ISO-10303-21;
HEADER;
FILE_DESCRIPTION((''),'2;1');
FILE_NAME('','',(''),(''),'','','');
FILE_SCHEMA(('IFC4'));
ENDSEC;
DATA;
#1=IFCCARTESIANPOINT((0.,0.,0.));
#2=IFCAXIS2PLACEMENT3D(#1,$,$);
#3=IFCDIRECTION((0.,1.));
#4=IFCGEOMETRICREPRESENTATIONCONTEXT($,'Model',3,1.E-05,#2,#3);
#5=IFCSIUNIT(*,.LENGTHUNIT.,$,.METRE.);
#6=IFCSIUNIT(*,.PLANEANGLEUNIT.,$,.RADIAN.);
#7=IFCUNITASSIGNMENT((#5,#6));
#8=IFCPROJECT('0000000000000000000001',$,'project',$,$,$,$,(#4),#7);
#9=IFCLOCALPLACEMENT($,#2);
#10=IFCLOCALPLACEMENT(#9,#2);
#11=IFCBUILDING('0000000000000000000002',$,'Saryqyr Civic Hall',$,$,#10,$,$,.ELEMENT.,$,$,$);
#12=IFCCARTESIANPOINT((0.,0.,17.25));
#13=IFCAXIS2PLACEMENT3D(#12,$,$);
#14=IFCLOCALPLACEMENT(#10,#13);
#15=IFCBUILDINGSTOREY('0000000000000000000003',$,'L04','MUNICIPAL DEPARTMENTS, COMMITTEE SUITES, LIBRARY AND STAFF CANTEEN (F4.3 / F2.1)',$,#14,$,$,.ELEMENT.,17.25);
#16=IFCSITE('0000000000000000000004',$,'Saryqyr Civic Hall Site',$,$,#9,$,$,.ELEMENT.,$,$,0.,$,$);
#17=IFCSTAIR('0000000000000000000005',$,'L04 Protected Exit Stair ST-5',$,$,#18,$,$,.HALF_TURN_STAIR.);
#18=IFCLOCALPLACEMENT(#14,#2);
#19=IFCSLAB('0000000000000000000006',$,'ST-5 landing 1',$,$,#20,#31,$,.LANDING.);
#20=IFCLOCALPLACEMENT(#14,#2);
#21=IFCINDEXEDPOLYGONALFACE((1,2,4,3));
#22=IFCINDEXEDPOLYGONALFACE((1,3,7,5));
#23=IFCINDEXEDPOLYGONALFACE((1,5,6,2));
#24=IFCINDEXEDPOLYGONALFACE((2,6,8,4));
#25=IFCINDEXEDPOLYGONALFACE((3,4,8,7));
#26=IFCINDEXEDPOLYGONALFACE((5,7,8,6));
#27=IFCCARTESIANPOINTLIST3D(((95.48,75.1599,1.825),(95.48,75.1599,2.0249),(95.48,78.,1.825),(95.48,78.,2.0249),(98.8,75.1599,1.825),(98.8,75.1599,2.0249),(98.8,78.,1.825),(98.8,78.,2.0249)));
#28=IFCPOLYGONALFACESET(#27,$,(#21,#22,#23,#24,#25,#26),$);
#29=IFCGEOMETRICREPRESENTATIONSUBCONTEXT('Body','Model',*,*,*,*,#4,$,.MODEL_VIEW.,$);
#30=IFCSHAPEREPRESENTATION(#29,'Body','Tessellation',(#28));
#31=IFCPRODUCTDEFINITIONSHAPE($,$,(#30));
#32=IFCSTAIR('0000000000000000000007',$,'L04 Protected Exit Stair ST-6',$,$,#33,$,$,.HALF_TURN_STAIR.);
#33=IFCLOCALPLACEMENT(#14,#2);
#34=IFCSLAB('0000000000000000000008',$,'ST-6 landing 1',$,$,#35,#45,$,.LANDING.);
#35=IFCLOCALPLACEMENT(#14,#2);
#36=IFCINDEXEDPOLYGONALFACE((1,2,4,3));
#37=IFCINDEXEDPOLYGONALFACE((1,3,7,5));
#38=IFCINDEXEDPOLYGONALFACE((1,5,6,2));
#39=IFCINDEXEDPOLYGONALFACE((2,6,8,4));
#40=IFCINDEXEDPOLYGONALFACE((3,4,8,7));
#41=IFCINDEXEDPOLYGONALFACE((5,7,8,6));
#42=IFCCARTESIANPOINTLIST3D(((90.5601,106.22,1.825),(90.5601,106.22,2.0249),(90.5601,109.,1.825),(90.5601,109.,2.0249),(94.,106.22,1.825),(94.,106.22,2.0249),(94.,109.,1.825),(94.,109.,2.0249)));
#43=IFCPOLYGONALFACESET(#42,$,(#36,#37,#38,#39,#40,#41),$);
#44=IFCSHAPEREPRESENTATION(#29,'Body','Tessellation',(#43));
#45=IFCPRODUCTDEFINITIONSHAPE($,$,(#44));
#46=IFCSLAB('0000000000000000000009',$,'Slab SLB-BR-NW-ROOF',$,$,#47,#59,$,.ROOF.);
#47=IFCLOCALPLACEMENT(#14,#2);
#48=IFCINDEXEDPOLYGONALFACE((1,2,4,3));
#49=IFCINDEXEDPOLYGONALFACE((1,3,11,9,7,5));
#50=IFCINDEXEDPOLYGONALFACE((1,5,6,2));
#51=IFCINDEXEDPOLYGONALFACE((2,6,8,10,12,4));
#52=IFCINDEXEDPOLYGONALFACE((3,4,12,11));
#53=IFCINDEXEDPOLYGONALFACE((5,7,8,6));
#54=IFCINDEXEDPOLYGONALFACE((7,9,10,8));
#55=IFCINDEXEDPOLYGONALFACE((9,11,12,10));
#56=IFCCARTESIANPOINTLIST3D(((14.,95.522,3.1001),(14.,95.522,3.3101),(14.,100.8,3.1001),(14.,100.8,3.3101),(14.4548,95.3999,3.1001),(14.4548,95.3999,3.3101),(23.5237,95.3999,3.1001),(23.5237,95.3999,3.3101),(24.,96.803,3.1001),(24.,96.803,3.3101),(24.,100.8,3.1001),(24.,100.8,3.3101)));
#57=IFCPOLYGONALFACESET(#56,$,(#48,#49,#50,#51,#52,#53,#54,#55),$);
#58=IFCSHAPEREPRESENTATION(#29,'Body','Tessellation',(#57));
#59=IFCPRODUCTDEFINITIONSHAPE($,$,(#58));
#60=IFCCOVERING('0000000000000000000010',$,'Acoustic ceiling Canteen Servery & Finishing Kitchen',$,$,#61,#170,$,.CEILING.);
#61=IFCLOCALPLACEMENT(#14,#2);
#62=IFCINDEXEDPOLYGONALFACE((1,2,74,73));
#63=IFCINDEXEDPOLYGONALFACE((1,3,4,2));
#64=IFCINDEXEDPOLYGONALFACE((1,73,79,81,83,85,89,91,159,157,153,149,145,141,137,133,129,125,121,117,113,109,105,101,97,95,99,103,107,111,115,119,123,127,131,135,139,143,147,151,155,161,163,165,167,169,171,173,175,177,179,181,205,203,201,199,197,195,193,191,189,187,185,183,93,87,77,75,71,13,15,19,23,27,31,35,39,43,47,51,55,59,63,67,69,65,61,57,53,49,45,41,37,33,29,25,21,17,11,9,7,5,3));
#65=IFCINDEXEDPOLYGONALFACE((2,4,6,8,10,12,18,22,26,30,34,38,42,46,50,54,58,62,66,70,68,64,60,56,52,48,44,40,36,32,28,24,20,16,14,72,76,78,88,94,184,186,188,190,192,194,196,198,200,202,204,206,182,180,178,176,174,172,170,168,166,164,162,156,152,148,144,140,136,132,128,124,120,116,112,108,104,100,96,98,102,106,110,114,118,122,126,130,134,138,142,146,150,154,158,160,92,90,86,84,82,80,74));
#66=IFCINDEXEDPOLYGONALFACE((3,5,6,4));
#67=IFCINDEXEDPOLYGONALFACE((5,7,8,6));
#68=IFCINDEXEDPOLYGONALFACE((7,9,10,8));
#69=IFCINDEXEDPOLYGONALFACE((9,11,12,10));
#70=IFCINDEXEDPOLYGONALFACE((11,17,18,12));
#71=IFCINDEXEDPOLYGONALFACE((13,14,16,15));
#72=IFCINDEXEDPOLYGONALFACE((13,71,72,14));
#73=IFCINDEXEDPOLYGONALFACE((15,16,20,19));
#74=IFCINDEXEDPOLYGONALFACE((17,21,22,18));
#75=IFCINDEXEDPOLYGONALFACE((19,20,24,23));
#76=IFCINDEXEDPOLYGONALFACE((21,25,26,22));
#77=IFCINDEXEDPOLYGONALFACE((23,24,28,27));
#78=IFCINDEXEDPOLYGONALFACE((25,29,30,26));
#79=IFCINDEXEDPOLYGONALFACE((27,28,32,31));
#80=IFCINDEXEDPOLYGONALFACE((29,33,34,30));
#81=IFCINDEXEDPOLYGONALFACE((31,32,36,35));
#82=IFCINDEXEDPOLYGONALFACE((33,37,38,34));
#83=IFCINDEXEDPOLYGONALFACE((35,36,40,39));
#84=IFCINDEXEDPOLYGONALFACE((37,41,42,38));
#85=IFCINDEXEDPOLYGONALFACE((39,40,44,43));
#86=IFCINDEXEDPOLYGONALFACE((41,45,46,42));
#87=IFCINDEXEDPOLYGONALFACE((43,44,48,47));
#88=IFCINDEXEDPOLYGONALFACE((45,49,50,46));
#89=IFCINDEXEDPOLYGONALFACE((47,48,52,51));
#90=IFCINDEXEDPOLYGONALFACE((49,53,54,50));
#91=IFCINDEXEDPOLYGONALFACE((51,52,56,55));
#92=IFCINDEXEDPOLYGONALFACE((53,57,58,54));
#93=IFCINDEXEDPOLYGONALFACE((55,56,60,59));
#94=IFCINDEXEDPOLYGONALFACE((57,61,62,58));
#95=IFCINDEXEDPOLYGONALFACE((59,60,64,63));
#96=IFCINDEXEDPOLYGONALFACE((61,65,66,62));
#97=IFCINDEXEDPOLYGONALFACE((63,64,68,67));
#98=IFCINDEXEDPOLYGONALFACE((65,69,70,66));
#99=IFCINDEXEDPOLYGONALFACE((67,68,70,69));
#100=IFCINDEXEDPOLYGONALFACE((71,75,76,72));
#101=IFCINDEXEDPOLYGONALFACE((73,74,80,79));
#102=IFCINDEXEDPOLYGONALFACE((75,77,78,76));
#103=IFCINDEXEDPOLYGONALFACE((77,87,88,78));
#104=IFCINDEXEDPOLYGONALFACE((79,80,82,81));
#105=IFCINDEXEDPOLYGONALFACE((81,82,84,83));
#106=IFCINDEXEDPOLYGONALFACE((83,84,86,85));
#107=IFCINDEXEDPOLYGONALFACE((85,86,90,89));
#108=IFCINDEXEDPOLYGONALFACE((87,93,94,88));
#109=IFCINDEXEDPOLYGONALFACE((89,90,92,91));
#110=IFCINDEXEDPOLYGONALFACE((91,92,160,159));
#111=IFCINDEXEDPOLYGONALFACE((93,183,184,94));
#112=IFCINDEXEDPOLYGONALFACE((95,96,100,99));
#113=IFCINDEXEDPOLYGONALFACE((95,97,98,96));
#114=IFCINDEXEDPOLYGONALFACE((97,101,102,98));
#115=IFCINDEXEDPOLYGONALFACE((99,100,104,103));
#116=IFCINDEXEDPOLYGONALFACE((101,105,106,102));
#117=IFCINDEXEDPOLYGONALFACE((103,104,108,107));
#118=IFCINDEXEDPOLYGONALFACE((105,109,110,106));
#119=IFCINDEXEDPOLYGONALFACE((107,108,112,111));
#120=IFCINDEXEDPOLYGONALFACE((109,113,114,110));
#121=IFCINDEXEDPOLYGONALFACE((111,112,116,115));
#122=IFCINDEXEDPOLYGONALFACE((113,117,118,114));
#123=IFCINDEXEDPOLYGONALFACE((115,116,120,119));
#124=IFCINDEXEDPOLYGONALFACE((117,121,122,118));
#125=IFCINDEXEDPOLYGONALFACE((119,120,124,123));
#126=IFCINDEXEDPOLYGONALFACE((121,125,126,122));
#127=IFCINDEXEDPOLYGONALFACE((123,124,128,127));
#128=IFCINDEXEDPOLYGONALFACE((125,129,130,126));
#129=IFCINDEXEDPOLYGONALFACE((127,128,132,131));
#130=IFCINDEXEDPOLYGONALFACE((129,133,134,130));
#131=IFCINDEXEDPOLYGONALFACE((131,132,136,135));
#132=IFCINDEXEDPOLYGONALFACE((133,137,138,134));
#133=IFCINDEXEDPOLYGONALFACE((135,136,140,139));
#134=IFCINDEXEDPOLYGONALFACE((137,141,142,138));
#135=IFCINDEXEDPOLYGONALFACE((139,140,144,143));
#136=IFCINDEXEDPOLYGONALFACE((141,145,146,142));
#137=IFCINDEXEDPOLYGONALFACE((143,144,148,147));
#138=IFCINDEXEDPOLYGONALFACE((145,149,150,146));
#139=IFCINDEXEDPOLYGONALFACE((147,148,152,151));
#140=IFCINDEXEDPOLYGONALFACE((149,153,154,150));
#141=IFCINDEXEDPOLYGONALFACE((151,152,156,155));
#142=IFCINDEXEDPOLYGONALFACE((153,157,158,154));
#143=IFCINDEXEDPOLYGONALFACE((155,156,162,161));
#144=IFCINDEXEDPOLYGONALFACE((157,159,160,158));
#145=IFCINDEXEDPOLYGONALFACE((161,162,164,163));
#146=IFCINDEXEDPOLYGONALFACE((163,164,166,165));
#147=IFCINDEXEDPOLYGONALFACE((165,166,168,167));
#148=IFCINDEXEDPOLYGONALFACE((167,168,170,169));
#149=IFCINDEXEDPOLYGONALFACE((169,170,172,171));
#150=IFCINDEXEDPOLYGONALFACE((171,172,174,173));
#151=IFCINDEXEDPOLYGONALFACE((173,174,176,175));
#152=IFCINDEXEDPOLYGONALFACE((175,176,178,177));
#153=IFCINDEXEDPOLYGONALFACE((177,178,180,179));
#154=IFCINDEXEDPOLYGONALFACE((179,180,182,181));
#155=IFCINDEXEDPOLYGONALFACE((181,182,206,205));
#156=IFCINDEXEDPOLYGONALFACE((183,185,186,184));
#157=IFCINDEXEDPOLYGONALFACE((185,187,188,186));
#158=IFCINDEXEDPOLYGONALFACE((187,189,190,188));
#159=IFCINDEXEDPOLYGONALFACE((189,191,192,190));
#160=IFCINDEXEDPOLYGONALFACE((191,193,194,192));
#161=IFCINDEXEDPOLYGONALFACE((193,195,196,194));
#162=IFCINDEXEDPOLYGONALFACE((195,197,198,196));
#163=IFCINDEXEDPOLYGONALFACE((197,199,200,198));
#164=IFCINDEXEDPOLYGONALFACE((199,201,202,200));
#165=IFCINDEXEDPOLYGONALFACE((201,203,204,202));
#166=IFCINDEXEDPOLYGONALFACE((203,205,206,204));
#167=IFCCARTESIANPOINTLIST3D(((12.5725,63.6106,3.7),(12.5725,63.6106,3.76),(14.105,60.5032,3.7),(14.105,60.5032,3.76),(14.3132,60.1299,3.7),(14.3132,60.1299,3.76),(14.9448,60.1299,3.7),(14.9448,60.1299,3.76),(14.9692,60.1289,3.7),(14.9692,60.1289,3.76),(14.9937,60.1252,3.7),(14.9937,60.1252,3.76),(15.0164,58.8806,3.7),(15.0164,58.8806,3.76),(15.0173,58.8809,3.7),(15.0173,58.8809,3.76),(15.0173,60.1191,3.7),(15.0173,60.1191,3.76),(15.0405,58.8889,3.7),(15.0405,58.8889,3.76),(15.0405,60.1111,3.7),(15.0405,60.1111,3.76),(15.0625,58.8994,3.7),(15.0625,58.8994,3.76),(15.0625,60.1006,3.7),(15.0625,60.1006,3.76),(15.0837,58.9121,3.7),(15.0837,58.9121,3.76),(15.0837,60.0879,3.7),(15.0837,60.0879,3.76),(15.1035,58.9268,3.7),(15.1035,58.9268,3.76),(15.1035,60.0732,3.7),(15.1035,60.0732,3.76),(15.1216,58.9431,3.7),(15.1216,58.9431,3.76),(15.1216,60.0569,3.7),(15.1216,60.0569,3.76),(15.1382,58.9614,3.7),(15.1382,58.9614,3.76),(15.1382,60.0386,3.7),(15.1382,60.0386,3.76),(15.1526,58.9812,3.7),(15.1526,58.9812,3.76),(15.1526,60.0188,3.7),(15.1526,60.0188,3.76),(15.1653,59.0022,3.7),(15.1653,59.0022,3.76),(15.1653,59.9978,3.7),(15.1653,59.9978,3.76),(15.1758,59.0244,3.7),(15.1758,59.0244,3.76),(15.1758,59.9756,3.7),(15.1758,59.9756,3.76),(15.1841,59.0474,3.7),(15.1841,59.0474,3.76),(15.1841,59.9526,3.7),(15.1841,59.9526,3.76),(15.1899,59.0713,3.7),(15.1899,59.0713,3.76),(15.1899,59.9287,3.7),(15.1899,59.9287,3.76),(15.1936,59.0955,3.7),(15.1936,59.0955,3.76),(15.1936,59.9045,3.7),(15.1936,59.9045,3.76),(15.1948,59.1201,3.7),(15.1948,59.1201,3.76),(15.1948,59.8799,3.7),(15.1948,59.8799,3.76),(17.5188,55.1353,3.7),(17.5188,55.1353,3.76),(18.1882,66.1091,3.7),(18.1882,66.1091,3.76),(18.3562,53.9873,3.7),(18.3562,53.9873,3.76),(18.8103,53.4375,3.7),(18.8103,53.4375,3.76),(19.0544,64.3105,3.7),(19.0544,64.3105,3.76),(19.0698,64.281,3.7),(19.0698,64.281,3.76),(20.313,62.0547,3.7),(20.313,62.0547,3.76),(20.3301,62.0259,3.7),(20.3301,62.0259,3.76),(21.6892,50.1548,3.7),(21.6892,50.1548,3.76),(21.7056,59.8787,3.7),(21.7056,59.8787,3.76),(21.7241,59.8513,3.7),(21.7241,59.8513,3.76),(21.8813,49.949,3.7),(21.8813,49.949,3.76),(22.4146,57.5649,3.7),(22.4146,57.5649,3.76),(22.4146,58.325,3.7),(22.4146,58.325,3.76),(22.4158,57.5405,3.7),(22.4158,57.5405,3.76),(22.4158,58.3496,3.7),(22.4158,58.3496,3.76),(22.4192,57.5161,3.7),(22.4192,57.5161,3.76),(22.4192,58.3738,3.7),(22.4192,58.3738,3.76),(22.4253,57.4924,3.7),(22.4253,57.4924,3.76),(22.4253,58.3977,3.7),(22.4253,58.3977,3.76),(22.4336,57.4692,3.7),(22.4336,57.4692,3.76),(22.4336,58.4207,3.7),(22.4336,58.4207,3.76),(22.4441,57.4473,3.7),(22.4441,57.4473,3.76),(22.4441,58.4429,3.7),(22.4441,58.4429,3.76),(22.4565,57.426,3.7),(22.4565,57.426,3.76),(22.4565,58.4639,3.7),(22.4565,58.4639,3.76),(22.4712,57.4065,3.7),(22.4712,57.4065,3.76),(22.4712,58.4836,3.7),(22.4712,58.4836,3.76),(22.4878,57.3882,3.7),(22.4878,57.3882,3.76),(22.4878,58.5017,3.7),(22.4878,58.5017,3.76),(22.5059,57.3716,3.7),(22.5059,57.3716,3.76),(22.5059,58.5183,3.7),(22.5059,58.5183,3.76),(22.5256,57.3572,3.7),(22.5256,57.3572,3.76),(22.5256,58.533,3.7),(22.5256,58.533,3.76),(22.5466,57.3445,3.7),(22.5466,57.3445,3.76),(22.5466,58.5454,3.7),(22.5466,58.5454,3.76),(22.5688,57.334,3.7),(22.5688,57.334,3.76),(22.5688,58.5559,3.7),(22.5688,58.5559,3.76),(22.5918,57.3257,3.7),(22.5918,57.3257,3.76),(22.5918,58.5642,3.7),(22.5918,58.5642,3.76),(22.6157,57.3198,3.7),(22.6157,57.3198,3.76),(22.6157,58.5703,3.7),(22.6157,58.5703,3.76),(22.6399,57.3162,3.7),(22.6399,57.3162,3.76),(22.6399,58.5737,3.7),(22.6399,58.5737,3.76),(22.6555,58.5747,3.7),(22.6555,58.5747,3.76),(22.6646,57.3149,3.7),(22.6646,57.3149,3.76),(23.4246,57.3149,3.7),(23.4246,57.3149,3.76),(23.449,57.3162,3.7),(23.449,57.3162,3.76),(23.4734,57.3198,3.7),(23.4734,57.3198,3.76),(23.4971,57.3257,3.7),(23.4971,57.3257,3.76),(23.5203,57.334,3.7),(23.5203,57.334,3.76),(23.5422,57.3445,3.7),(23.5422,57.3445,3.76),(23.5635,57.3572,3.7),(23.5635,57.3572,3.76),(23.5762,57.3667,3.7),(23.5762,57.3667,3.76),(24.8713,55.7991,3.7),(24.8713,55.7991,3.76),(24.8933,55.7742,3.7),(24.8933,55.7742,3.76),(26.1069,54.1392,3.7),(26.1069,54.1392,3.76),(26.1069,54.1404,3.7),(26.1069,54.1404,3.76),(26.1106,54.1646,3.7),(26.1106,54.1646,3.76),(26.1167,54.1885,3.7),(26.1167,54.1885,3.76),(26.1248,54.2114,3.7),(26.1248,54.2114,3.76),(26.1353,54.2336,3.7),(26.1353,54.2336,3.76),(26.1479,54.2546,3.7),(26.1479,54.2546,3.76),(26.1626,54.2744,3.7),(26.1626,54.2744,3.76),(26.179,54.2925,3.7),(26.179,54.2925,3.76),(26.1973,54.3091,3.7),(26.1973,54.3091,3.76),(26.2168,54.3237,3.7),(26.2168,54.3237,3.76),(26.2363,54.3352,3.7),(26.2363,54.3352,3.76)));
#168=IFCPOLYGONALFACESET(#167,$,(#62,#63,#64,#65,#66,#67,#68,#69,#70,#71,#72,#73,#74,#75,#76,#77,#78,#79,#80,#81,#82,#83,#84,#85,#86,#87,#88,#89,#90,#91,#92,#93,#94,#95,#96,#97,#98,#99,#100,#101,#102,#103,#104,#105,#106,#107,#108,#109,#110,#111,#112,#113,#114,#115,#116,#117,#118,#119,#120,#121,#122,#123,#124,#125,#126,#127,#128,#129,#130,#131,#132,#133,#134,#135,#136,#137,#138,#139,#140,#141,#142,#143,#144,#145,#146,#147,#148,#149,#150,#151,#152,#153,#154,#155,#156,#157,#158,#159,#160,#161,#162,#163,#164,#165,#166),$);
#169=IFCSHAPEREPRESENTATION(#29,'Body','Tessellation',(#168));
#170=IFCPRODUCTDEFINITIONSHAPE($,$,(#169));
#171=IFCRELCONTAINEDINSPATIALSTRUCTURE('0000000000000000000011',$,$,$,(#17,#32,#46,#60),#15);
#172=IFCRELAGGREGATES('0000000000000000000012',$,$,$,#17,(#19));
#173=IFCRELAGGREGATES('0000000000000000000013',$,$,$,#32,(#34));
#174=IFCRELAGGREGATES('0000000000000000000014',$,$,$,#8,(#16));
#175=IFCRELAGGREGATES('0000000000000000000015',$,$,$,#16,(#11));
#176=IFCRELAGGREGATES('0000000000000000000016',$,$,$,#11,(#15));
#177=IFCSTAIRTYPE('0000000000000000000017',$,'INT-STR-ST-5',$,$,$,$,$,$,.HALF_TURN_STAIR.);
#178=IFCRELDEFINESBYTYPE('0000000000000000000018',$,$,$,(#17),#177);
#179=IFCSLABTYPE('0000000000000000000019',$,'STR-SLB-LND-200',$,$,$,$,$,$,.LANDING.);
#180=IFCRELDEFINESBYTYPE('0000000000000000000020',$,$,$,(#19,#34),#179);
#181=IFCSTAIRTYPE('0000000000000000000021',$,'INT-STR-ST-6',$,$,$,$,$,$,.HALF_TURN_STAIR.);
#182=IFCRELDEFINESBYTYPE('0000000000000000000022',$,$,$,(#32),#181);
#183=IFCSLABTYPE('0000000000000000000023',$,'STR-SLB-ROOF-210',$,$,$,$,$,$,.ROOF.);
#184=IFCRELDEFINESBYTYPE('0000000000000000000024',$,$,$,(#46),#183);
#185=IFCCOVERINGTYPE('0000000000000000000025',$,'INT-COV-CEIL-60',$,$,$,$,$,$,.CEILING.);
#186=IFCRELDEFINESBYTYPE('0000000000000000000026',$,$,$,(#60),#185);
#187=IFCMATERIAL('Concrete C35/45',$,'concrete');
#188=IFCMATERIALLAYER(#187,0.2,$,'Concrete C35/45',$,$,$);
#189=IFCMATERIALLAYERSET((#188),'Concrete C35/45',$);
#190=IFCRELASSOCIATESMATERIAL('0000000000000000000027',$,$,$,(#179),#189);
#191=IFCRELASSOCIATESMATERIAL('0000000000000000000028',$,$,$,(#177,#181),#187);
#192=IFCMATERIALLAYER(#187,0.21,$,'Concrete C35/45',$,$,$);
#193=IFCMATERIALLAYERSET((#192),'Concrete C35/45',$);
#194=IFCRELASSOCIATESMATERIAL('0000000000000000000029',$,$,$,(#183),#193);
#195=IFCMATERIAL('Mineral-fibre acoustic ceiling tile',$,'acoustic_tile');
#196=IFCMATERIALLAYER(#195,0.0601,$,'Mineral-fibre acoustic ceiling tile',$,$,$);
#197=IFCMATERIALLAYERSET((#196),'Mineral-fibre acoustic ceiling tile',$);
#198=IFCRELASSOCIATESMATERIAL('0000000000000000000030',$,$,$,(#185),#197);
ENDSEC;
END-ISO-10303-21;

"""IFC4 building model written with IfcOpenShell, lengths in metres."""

from ifc_helpers import new_model, si_unit, direction, frame, origin, place, context, subcontext, project, spatial, polyline, outline, extrude, material, layer, layer_set, type_object, element, aggregate, save


model = new_model("IFC4")

# Units and contexts
model_context = context("Model", 3, precision=1e-05, world=origin(), true_north=direction((0.0, 1.0)))
body_context = subcontext(model_context, "Body", "Model", "MODEL_VIEW")
ifc_project = project(units=[si_unit("LENGTHUNIT", "METRE"), si_unit("PLANEANGLEUNIT", "RADIAN")], contexts=[model_context])

# Site, building, storey
site_placement = place(None, origin())
site = spatial("IfcSite", under=ifc_project, at=site_placement, Name="Saryqyr Civic Hall Site", CompositionType="ELEMENT", RefElevation=0.0)
building_placement = place(site_placement, origin())
building = spatial("IfcBuilding", under=site, at=building_placement, Name="Saryqyr Civic Hall", CompositionType="ELEMENT")
storey_placement = place(building_placement, frame((0.0, 0.0, 17.25)))
storey = spatial("IfcBuildingStorey", under=building, at=storey_placement, Name="L04", Description="MUNICIPAL DEPARTMENTS, COMMITTEE SUITES, LIBRARY AND STAFF CANTEEN (F4.3 / F2.1)", CompositionType="ELEMENT", Elevation=17.25)

# Shared definitions
ifc_material_1 = material(Name="Concrete C35/45", Category="concrete")

# Stairs, slabs
ifc_layer_1 = layer(ifc_material_1, 0.2, Name="Concrete C35/45")
ifc_layer_set_1 = layer_set([ifc_layer_1], Name="Concrete C35/45")
slab_type_1 = type_object("IfcSlabType", Name="STR-SLB-LND-200", PredefinedType="LANDING", material=ifc_layer_set_1)
stair_type_1 = type_object("IfcStairType", Name="INT-STR-ST-5", PredefinedType="HALF_TURN_STAIR", material=ifc_material_1)
stair_1_placement = place(storey_placement, origin())
stair_1 = element("IfcStair", 1, at=stair_1_placement, inside=storey, type_object=stair_type_1, Name="L04 Protected Exit Stair ST-5", PredefinedType="HALF_TURN_STAIR")
slab_1_placement = place(storey_placement, frame((0.0, 0.0, 1.825)))
slab_1 = element("IfcSlab", 2, at=slab_1_placement, type_object=slab_type_1, Name="ST-5 landing 1", PredefinedType="LANDING", context=body_context, shape_type="SweptSolid", body=[
    extrude(outline(polyline([(98.8, 75.1599), (98.8, 78.0), (95.48, 78.0), (95.48, 75.1599), (98.8, 75.1599)])), origin(), (0.0, 0.0, 1.0), 0.2),
])
aggregate(stair_1, [slab_1])
stair_type_2 = type_object("IfcStairType", Name="INT-STR-ST-6", PredefinedType="HALF_TURN_STAIR", material=ifc_material_1)
stair_2_placement = place(storey_placement, origin())
stair_2 = element("IfcStair", 3, at=stair_2_placement, inside=storey, type_object=stair_type_2, Name="L04 Protected Exit Stair ST-6", PredefinedType="HALF_TURN_STAIR")
slab_2_placement = place(storey_placement, frame((0.0, 0.0, 1.825)))
slab_2 = element("IfcSlab", 4, at=slab_2_placement, type_object=slab_type_1, Name="ST-6 landing 1", PredefinedType="LANDING", context=body_context, shape_type="SweptSolid", body=[
    extrude(outline(polyline([(94.0, 106.22), (94.0, 109.0), (90.5601, 109.0), (90.5601, 106.22), (94.0, 106.22)])), origin(), (0.0, 0.0, 1.0), 0.2),
])
aggregate(stair_2, [slab_2])

# Slab
ifc_layer_2 = layer(ifc_material_1, 0.21, Name="Concrete C35/45")
ifc_layer_set_2 = layer_set([ifc_layer_2], Name="Concrete C35/45")
slab_type_2 = type_object("IfcSlabType", Name="STR-SLB-ROOF-210", PredefinedType="ROOF", material=ifc_layer_set_2)
slab_3_placement = place(storey_placement, frame((0.0, 0.0, 3.1001)))
element("IfcSlab", 5, at=slab_3_placement, inside=storey, type_object=slab_type_2, Name="Slab SLB-BR-NW-ROOF", PredefinedType="ROOF", context=body_context, shape_type="SweptSolid", body=[
    extrude(outline(polyline([(24.0, 96.803), (23.5237, 95.3999), (14.4548, 95.3999), (14.0, 95.522), (14.0, 100.8), (24.0, 100.8), (24.0, 96.803)])), origin(), (0.0, 0.0, 1.0), 0.21),
])

# Covering
ifc_material_2 = material(Name="Mineral-fibre acoustic ceiling tile", Category="acoustic_tile")
ifc_layer_3 = layer(ifc_material_2, 0.0601, Name="Mineral-fibre acoustic ceiling tile")
ifc_layer_set_3 = layer_set([ifc_layer_3], Name="Mineral-fibre acoustic ceiling tile")
covering_type = type_object("IfcCoveringType", Name="INT-COV-CEIL-60", PredefinedType="CEILING", material=ifc_layer_set_3)
covering_1_placement = place(storey_placement, frame((0.0, 0.0, 3.7)))
element("IfcCovering", 6, at=covering_1_placement, inside=storey, type_object=covering_type, Name="Acoustic ceiling Canteen Servery & Finishing Kitchen", PredefinedType="CEILING", context=body_context, shape_type="SweptSolid", body=[
    extrude(outline(polyline([(19.0698, 64.281), (20.313, 62.0547), (20.3301, 62.0259), (21.7056, 59.8787), (21.7241, 59.8513), (22.6555, 58.5747), (22.6399, 58.5737), (22.6157, 58.5703), (22.5918, 58.5642), (22.5688, 58.5559), (22.5466, 58.5454), (22.5256, 58.533), (22.5059, 58.5183), (22.4878, 58.5017), (22.4712, 58.4836), (22.4565, 58.4639), (22.4441, 58.4429), (22.4336, 58.4207), (22.4253, 58.3977), (22.4192, 58.3738), (22.4158, 58.3496), (22.4146, 58.325), (22.4146, 57.5649), (22.4158, 57.5405), (22.4192, 57.5161), (22.4253, 57.4924), (22.4336, 57.4692), (22.4441, 57.4473), (22.4565, 57.426), (22.4712, 57.4065), (22.4878, 57.3882), (22.5059, 57.3716), (22.5256, 57.3572), (22.5466, 57.3445), (22.5688, 57.334), (22.5918, 57.3257), (22.6157, 57.3198), (22.6399, 57.3162), (22.6646, 57.3149), (23.4246, 57.3149), (23.449, 57.3162), (23.4734, 57.3198), (23.4971, 57.3257), (23.5203, 57.334), (23.5422, 57.3445), (23.5635, 57.3572), (23.5762, 57.3667), (24.8713, 55.7991), (24.8933, 55.7742), (26.2363, 54.3352), (26.2168, 54.3237), (26.1973, 54.3091), (26.179, 54.2925), (26.1626, 54.2744), (26.1479, 54.2546), (26.1353, 54.2336), (26.1248, 54.2114), (26.1167, 54.1885), (26.1106, 54.1646), (26.1069, 54.1404), (26.1069, 54.1392), (21.8813, 49.949), (21.6892, 50.1548), (18.8103, 53.4375), (18.3562, 53.9873), (17.5188, 55.1353), (15.0164, 58.8806), (15.0173, 58.8809), (15.0405, 58.8889), (15.0625, 58.8994), (15.0837, 58.9121), (15.1035, 58.9268), (15.1216, 58.9431), (15.1382, 58.9614), (15.1526, 58.9812), (15.1653, 59.0022), (15.1758, 59.0244), (15.1841, 59.0474), (15.1899, 59.0713), (15.1936, 59.0955), (15.1948, 59.1201), (15.1948, 59.8799), (15.1936, 59.9045), (15.1899, 59.9287), (15.1841, 59.9526), (15.1758, 59.9756), (15.1653, 59.9978), (15.1526, 60.0188), (15.1382, 60.0386), (15.1216, 60.0569), (15.1035, 60.0732), (15.0837, 60.0879), (15.0625, 60.1006), (15.0405, 60.1111), (15.0173, 60.1191), (14.9937, 60.1252), (14.9692, 60.1289), (14.9448, 60.1299), (14.3132, 60.1299), (14.105, 60.5032), (12.5725, 63.6106), (18.1882, 66.1091), (19.0544, 64.3105), (19.0698, 64.281)])), origin(), (0.0, 0.0, 1.0), 0.0601),
])

save(model, "model.ifc")
